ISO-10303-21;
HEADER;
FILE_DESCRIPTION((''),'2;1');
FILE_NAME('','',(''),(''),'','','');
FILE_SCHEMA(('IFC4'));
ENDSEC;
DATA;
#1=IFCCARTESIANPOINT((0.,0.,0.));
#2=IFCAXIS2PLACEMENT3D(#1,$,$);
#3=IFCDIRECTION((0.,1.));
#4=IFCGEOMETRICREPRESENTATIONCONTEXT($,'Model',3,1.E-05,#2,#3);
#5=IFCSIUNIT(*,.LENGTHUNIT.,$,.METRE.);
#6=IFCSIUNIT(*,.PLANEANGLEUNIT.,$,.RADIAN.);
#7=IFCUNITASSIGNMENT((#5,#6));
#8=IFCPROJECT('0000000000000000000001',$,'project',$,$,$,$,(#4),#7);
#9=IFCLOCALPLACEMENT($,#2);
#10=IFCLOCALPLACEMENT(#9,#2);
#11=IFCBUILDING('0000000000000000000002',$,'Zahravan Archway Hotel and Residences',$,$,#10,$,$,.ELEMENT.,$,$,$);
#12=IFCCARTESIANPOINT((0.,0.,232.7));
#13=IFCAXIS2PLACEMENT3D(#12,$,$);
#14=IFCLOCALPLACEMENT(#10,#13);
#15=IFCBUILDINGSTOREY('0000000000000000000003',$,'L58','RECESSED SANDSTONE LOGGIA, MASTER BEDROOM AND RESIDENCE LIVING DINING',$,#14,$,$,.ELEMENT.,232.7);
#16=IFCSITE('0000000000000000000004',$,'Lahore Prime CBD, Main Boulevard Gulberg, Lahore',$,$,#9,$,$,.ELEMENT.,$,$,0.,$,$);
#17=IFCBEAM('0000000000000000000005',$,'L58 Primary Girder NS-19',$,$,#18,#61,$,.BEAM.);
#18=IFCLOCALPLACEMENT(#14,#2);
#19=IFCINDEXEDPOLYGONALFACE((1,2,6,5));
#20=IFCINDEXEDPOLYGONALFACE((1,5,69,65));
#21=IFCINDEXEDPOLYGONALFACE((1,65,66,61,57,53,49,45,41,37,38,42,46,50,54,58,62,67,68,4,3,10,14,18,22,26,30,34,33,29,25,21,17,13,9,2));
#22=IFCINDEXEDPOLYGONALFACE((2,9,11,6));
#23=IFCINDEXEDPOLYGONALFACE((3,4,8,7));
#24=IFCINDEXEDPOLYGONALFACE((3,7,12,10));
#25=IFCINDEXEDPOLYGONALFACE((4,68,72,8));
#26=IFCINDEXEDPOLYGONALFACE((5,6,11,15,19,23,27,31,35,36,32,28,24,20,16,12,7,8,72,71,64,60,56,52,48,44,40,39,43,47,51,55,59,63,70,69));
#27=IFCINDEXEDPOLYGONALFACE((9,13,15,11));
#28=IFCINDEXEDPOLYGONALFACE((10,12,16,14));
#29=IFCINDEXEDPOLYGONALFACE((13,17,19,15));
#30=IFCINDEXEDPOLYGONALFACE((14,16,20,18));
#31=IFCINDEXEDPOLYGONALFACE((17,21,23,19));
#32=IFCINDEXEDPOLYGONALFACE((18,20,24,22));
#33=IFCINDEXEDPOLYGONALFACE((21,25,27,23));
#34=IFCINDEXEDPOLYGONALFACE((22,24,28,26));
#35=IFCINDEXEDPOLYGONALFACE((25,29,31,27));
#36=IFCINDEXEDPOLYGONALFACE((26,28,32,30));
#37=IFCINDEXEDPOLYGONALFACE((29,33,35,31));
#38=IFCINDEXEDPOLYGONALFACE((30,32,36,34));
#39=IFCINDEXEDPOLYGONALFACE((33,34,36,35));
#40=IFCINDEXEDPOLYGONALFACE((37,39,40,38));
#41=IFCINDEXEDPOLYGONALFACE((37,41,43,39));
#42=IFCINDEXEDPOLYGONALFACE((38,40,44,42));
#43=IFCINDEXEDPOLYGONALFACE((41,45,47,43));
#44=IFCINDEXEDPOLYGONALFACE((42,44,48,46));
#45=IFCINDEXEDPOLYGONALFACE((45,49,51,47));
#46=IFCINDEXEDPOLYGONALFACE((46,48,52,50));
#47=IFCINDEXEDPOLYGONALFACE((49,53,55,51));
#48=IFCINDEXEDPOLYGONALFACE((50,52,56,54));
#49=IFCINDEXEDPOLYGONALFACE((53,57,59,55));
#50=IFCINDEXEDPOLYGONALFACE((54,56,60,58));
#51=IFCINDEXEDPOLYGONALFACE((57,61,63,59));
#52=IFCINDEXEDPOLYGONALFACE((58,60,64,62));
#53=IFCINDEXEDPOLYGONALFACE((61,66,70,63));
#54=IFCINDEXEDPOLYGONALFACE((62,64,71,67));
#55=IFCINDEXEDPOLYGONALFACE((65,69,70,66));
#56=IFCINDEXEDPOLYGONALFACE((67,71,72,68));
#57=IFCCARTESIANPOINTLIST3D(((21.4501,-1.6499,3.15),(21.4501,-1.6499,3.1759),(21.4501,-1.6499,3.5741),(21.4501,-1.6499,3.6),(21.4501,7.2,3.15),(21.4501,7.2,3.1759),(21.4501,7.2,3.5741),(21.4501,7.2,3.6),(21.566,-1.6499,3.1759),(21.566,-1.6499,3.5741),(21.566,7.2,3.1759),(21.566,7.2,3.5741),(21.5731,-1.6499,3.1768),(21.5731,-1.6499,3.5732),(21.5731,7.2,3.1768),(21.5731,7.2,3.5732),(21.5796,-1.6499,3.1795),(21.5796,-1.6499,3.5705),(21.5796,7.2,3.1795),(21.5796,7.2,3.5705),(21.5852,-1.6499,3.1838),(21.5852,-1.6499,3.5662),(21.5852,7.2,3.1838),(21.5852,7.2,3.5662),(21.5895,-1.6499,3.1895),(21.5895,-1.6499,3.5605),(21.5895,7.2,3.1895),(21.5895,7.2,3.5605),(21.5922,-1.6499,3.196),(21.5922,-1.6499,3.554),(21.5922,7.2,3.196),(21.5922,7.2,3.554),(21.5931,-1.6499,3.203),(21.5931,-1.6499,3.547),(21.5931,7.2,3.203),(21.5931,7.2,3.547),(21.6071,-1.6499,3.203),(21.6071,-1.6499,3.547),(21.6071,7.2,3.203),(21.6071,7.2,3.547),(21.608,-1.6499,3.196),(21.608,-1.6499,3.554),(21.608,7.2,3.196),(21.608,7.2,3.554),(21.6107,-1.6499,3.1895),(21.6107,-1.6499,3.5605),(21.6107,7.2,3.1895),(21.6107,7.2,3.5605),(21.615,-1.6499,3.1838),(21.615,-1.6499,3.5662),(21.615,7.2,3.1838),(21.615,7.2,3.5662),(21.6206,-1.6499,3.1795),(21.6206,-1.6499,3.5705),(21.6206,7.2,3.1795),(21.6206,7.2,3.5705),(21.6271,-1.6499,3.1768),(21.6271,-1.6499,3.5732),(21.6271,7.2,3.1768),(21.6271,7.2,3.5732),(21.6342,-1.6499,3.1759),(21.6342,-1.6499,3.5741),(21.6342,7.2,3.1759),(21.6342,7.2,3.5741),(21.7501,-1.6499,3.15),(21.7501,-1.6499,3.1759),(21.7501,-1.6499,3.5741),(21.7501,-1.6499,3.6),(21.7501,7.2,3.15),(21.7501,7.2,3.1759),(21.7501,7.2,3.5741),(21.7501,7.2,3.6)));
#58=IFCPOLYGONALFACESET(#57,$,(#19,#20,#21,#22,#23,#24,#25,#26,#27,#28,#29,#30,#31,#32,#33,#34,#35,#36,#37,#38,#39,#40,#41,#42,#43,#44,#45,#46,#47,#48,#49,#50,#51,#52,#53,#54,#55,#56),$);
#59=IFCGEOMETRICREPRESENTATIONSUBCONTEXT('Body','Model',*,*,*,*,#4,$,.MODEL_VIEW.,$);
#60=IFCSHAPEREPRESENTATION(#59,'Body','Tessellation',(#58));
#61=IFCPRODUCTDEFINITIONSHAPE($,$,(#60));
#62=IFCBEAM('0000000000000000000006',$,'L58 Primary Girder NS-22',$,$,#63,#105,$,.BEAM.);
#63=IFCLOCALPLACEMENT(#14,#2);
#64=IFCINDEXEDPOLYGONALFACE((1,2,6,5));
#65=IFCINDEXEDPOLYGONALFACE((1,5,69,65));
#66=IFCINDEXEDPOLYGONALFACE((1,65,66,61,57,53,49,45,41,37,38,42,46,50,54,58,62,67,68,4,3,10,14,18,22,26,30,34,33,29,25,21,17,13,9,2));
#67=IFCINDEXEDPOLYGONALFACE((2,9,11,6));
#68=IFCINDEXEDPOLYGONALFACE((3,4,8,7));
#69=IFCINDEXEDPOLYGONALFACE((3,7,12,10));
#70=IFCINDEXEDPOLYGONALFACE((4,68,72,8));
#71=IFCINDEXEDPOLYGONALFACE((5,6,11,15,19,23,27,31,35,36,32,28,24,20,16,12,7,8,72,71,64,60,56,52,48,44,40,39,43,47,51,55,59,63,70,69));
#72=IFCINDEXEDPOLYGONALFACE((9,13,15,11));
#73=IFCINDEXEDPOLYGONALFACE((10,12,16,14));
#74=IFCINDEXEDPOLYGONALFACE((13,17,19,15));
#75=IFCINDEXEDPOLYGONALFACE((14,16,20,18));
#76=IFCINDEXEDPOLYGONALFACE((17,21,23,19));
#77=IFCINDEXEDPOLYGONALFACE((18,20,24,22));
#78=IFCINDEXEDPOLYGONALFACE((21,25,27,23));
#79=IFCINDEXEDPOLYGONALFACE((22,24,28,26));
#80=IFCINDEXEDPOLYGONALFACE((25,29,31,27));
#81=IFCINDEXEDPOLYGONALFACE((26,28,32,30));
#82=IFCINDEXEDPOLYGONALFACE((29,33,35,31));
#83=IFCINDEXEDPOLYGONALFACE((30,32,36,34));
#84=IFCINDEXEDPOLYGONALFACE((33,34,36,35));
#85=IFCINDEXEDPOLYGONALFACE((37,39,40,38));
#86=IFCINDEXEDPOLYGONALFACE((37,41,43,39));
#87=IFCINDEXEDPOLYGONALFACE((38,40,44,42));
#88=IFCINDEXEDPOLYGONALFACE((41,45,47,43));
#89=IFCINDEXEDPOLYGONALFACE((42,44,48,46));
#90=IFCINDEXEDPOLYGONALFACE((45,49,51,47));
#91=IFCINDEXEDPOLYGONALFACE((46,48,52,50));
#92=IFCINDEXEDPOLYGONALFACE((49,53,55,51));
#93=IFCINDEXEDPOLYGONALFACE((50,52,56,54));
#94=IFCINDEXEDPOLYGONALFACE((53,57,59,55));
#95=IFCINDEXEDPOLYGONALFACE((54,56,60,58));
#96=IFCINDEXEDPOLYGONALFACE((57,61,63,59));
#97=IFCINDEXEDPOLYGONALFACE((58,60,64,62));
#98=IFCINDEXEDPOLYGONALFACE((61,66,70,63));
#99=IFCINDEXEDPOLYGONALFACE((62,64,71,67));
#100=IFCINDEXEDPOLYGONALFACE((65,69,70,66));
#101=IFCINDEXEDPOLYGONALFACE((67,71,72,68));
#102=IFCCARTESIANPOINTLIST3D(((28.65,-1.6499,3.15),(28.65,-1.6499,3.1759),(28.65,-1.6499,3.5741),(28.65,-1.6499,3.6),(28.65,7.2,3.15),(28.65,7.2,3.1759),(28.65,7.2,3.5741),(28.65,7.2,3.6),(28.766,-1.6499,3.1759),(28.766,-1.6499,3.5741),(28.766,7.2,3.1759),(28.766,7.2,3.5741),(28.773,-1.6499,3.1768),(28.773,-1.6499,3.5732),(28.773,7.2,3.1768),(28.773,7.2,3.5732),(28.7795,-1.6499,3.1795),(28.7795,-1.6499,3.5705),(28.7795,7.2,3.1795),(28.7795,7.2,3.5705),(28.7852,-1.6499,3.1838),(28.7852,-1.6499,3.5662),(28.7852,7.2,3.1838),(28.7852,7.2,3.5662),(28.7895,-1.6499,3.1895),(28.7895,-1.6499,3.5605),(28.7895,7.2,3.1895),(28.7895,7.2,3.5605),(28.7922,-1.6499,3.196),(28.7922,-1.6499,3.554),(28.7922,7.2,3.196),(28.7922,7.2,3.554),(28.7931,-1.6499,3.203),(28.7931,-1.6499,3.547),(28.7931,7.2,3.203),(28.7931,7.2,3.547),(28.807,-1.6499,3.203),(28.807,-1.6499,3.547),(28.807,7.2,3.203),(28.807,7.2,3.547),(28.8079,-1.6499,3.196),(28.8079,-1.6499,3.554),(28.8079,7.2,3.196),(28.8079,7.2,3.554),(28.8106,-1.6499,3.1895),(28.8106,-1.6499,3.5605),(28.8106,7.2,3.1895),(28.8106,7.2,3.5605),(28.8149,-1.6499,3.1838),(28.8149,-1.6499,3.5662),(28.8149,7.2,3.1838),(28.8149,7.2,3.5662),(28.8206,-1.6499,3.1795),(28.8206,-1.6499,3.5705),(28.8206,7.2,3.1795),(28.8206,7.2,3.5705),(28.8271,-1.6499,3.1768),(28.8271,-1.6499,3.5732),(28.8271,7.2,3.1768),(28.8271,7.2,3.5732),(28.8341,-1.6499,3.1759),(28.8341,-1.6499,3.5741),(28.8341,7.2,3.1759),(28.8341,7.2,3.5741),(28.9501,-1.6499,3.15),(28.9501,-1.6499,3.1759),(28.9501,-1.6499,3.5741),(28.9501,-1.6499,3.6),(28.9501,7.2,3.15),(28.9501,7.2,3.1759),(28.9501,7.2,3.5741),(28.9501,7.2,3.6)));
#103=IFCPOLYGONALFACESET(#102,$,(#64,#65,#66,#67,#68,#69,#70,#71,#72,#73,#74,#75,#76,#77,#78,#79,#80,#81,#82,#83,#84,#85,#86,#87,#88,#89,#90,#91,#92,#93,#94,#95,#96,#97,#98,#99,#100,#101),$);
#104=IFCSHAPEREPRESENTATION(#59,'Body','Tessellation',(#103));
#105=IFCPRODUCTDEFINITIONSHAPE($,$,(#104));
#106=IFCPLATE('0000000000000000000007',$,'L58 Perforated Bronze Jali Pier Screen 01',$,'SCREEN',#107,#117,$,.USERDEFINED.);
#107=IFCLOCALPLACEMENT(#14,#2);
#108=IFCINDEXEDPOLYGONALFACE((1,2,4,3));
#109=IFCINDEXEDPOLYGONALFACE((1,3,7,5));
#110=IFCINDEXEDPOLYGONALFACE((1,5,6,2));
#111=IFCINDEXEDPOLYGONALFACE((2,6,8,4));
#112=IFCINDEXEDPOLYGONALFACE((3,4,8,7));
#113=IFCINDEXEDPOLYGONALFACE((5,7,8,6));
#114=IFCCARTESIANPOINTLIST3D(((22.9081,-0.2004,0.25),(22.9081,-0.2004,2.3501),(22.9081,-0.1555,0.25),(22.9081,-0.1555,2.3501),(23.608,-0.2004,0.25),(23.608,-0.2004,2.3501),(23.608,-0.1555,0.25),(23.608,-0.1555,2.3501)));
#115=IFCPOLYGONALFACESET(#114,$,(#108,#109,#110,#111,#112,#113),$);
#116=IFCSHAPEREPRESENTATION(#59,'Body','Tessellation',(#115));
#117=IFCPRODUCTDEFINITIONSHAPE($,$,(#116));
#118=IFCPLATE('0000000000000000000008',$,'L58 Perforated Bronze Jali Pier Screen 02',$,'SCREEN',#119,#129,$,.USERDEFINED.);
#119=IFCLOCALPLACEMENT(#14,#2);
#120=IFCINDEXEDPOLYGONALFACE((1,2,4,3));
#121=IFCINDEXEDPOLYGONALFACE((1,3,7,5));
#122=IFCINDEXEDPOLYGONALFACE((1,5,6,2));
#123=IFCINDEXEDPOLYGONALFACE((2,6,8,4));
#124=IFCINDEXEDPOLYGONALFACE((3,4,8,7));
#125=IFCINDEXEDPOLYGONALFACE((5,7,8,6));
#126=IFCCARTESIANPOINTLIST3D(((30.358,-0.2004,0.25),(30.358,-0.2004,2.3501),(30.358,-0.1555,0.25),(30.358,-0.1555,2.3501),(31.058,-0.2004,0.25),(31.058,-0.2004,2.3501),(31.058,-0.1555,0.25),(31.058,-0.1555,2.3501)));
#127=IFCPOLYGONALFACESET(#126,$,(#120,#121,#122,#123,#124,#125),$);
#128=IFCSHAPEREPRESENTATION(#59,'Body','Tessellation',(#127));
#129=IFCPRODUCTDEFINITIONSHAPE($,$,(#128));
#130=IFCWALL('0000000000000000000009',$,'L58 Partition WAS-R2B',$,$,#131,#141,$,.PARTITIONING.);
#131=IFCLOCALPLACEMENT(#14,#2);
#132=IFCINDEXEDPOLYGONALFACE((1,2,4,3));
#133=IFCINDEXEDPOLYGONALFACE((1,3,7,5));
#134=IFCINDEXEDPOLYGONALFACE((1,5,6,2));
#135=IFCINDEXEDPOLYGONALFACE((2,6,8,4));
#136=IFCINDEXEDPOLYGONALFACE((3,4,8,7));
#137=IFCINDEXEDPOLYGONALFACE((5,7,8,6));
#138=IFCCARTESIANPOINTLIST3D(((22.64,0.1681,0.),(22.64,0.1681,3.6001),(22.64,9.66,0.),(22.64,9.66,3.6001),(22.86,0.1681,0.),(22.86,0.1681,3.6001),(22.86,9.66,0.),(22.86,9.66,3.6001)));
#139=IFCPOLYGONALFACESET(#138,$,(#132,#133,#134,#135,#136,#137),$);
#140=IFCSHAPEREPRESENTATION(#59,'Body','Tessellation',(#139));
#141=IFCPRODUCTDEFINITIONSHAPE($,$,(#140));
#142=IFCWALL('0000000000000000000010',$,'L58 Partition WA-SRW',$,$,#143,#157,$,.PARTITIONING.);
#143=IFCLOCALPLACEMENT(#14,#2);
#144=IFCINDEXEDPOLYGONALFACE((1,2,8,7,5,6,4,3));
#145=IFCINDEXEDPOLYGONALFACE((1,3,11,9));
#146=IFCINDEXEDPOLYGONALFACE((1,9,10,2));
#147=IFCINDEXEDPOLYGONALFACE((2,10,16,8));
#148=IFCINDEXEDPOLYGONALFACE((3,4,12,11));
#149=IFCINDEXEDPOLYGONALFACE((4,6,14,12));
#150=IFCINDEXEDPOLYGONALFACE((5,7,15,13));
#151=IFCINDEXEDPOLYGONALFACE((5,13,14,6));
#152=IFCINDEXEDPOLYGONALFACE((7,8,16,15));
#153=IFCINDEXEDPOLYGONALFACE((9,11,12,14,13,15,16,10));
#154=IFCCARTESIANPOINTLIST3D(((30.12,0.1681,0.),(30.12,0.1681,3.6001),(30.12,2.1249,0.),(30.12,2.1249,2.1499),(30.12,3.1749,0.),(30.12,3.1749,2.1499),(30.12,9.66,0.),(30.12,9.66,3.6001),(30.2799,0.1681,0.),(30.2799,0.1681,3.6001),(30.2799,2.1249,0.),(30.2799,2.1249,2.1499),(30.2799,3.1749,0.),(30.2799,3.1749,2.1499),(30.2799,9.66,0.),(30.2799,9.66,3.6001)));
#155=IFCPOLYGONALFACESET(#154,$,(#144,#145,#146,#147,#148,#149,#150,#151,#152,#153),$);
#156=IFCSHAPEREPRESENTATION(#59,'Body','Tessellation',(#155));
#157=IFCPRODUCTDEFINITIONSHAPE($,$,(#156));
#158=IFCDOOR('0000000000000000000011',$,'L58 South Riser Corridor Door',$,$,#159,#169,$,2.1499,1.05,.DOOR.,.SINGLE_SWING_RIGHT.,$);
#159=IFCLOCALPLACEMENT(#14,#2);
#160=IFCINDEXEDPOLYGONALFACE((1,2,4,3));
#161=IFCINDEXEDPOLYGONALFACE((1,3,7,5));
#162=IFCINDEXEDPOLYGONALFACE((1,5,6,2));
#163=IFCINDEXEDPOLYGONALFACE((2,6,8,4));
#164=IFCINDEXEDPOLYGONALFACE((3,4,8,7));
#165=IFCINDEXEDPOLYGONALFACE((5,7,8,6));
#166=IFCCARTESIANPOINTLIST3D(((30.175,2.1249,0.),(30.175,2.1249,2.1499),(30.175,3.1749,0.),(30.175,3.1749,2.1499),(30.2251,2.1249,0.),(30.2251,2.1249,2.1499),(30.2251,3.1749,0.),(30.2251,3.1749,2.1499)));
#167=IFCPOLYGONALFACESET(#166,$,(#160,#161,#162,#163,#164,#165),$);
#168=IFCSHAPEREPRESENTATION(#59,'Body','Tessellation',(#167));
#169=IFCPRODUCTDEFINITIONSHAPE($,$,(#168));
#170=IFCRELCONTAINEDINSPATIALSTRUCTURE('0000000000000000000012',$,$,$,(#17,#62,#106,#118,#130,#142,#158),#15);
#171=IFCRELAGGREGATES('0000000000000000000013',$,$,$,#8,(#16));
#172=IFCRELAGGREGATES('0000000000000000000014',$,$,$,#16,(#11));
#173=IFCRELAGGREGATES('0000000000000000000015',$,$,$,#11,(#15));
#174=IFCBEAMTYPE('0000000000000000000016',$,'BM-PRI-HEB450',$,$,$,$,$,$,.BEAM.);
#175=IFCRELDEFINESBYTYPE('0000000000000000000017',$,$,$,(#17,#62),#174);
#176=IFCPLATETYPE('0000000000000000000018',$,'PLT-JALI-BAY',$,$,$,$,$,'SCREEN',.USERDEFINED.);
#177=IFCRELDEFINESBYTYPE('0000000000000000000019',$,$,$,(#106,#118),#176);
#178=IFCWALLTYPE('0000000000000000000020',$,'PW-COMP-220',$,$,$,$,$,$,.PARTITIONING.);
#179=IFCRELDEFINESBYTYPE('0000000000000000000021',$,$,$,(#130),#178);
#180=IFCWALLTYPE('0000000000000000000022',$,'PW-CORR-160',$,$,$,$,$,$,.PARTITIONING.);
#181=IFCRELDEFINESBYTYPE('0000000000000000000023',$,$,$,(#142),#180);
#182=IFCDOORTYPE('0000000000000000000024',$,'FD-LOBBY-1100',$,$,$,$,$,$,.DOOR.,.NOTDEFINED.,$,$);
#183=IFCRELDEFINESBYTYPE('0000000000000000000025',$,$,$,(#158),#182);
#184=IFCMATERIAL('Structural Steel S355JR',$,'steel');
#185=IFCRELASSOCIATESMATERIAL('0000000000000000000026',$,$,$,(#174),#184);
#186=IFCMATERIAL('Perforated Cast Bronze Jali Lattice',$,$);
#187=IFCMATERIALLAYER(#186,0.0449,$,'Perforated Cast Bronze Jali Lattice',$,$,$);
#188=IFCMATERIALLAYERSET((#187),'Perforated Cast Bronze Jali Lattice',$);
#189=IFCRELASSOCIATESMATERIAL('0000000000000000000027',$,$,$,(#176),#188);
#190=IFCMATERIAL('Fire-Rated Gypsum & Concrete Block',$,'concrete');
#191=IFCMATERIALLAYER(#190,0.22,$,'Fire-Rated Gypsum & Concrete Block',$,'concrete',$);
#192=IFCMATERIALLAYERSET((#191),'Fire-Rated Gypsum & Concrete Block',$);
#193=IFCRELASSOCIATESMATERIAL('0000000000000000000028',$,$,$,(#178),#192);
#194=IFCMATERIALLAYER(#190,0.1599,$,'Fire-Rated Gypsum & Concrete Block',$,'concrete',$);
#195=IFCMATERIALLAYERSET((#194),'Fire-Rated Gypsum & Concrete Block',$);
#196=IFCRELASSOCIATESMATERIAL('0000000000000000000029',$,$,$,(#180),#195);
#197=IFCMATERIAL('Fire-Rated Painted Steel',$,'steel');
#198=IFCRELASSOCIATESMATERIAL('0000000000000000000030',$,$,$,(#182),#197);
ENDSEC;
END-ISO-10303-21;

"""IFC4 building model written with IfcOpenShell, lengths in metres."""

from ifc_helpers import new_model, si_unit, direction, frame, frame_2d, origin, origin_2d, place, context, subcontext, project, spatial, rectangle, i_section, extrude, source, transform, mapped, material, layer, layer_set, material_profile, profile_set, type_object, type_shapes, element, fill, save


model = new_model("IFC4")

# Units and contexts
model_context = context("Model", 3, precision=1e-05, world=origin(), true_north=direction((0.0, 1.0)))
body_context = subcontext(model_context, "Body", "Model", "MODEL_VIEW")
ifc_project = project(units=[si_unit("LENGTHUNIT", "METRE"), si_unit("PLANEANGLEUNIT", "RADIAN")], contexts=[model_context])

# Site, building, storey
site_placement = place(None, origin())
site = spatial("IfcSite", under=ifc_project, at=site_placement, Name="Lahore Prime CBD, Main Boulevard Gulberg, Lahore", CompositionType="ELEMENT", RefElevation=0.0)
building_placement = place(site_placement, origin())
building = spatial("IfcBuilding", under=site, at=building_placement, Name="Zahravan Archway Hotel and Residences", CompositionType="ELEMENT")
storey_placement = place(building_placement, frame((0.0, 0.0, 232.7)))
storey = spatial("IfcBuildingStorey", under=building, at=storey_placement, Name="L58", Description="RECESSED SANDSTONE LOGGIA, MASTER BEDROOM AND RESIDENCE LIVING DINING", CompositionType="ELEMENT", Elevation=232.7)

# Beams
ifc_material_1 = material(Name="Structural Steel S355JR", Category="steel")
ifc_material_profile_1 = material_profile(ifc_material_1, i_section(OverallWidth=0.3, OverallDepth=0.45, WebThickness=0.0139, FlangeThickness=0.0259, FilletRadius=0.0271, at=origin_2d()), Name="HEB 450", Category="steel")
ifc_profile_set_1 = profile_set([ifc_material_profile_1], Name="Structural Steel S355JR")
beam_type_1 = type_object("IfcBeamType", Name="BM-PRI-HEB450", PredefinedType="BEAM", material=ifc_profile_set_1)
shared_shape_1 = source(origin(), body_context, "Body", "SweptSolid", [
    extrude(i_section(OverallWidth=0.3, OverallDepth=0.45, WebThickness=0.0139, FlangeThickness=0.0259, FilletRadius=0.0271, at=origin_2d()), origin(), (0.0, 0.0, 1.0), 8.8499),
])
for number, where, z_axis, x_axis, name in (
    (1, (21.6001, -1.6499, 3.375), (0.0, 1.0, 0.0), (-1.0, 0.0, 0.0), "L58 Primary Girder NS-19"),
    (2, (28.8, -1.6499, 3.375), (0.0, 1.0, 0.0), (-1.0, 0.0, 0.0), "L58 Primary Girder NS-22"),
):
    element("IfcBeam", number, at=place(storey_placement, frame(where, z_axis=z_axis, x_axis=x_axis)), inside=storey, type_object=beam_type_1, Name=name, PredefinedType="BEAM", context=body_context, shape_type="MappedRepresentation", body=[
        mapped(shared_shape_1, transform((0.0, 0.0, 0.0), scale=1.0)),
    ])

# Plates
ifc_material_2 = material(Name="Perforated Cast Bronze Jali Lattice")
ifc_layer_1 = layer(ifc_material_2, 0.0449, Name="Perforated Cast Bronze Jali Lattice")
ifc_layer_set_1 = layer_set([ifc_layer_1], Name="Perforated Cast Bronze Jali Lattice")
plate_type = type_object("IfcPlateType", Name="PLT-JALI-BAY", ElementType="SCREEN", PredefinedType="USERDEFINED", material=ifc_layer_set_1)
shared_shape_2 = source(origin(), body_context, "Body", "SweptSolid", [
    extrude(rectangle(XDim=0.7, YDim=0.0449, at=origin_2d()), origin(), (0.0, 0.0, 1.0), 2.1001),
])
type_shapes(plate_type, [shared_shape_2])
for number, where, z_axis, x_axis, name in (
    (3, (23.2581, -0.178, 0.25), (0.0, 0.0, 1.0), (1.0, 0.0, 0.0), "L58 Perforated Bronze Jali Pier Screen 01"),
    (4, (30.708, -0.178, 0.25), (0.0, 0.0, 1.0), (1.0, 0.0, 0.0), "L58 Perforated Bronze Jali Pier Screen 02"),
):
    element("IfcPlate", number, at=place(storey_placement, frame(where, z_axis=z_axis, x_axis=x_axis)), inside=storey, type_object=plate_type, Name=name, ObjectType="SCREEN", PredefinedType="USERDEFINED", context=body_context, shape_type="MappedRepresentation", body=[
        mapped(shared_shape_2, transform((0.0, 0.0, 0.0), scale=1.0)),
    ])

# Wall
ifc_material_3 = material(Name="Fire-Rated Gypsum & Concrete Block", Category="concrete")
ifc_layer_2 = layer(ifc_material_3, 0.22, Name="Fire-Rated Gypsum & Concrete Block", Category="concrete")
ifc_layer_set_2 = layer_set([ifc_layer_2], Name="Fire-Rated Gypsum & Concrete Block")
wall_type_1 = type_object("IfcWallType", Name="PW-COMP-220", PredefinedType="PARTITIONING", material=ifc_layer_set_2)
wall_1_placement = place(storey_placement, frame((22.75, 0.168, 0.0), z_axis=(0.0, 0.0, 1.0), x_axis=(0.0, 1.0, 0.0)))
element("IfcWall", 5, at=wall_1_placement, inside=storey, type_object=wall_type_1, Name="L58 Partition WAS-R2B", PredefinedType="PARTITIONING", context=body_context, shape_type="SweptSolid", body=[
    extrude(rectangle(XDim=9.4919, YDim=0.22, at=frame_2d((4.7461, 0.0))), origin(), (0.0, 0.0, 1.0), 3.6001),
])

# Wall, opening, door
ifc_layer_3 = layer(ifc_material_3, 0.1599, Name="Fire-Rated Gypsum & Concrete Block", Category="concrete")
ifc_layer_set_3 = layer_set([ifc_layer_3], Name="Fire-Rated Gypsum & Concrete Block")
wall_type_2 = type_object("IfcWallType", Name="PW-CORR-160", PredefinedType="PARTITIONING", material=ifc_layer_set_3)
wall_2_placement = place(storey_placement, frame((30.2, 0.168, 0.0), z_axis=(0.0, 0.0, 1.0), x_axis=(0.0, 1.0, 0.0)))
wall_2 = element("IfcWall", 6, at=wall_2_placement, inside=storey, type_object=wall_type_2, Name="L58 Partition WA-SRW", PredefinedType="PARTITIONING", context=body_context, shape_type="SweptSolid", body=[
    extrude(rectangle(XDim=9.4919, YDim=0.1599, at=frame_2d((4.7461, 0.0))), origin(), (0.0, 0.0, 1.0), 3.6001),
])
opening_1_placement = place(wall_2_placement, frame((1.957, 0.0, 0.0)))
opening_1 = element("IfcOpeningElement", 7, at=opening_1_placement, cuts=wall_2, PredefinedType="OPENING", context=body_context, shape_type="SweptSolid", body=[
    extrude(rectangle(XDim=1.05, YDim=2.1499, at=frame_2d((0.5249, 1.075))), frame((0.0, 0.0898, 0.0), z_axis=(0.0, -1.0, 0.0), x_axis=(1.0, 0.0, 0.0)), (0.0, 0.0, 1.0), 0.1799),
])
ifc_material_4 = material(Name="Fire-Rated Painted Steel", Category="steel")
door_type_1 = type_object("IfcDoorType", Name="FD-LOBBY-1100", OperationType="NOTDEFINED", PredefinedType="DOOR", material=ifc_material_4)
shared_shape_3 = source(origin(), body_context, "Body", "SweptSolid", [
    extrude(rectangle(XDim=1.05, YDim=2.1499, at=frame_2d((0.5249, 1.075))), frame((0.0, 0.0249, 0.0), z_axis=(0.0, -1.0, 0.0), x_axis=(1.0, 0.0, 0.0)), (0.0, 0.0, 1.0), 0.05),
])
type_shapes(door_type_1, [shared_shape_3])
door_1_placement = place(opening_1_placement, origin())
door_1 = element("IfcDoor", 8, at=door_1_placement, inside=storey, type_object=door_type_1, Name="L58 South Riser Corridor Door", OperationType="SINGLE_SWING_RIGHT", OverallHeight=2.1499, OverallWidth=1.05, PredefinedType="DOOR", context=body_context, shape_type="MappedRepresentation", body=[
    mapped(shared_shape_3, transform((0.0, 0.0, 0.0), scale=1.0)),
])
fill(opening_1, door_1)

save(model, "model.ifc")
